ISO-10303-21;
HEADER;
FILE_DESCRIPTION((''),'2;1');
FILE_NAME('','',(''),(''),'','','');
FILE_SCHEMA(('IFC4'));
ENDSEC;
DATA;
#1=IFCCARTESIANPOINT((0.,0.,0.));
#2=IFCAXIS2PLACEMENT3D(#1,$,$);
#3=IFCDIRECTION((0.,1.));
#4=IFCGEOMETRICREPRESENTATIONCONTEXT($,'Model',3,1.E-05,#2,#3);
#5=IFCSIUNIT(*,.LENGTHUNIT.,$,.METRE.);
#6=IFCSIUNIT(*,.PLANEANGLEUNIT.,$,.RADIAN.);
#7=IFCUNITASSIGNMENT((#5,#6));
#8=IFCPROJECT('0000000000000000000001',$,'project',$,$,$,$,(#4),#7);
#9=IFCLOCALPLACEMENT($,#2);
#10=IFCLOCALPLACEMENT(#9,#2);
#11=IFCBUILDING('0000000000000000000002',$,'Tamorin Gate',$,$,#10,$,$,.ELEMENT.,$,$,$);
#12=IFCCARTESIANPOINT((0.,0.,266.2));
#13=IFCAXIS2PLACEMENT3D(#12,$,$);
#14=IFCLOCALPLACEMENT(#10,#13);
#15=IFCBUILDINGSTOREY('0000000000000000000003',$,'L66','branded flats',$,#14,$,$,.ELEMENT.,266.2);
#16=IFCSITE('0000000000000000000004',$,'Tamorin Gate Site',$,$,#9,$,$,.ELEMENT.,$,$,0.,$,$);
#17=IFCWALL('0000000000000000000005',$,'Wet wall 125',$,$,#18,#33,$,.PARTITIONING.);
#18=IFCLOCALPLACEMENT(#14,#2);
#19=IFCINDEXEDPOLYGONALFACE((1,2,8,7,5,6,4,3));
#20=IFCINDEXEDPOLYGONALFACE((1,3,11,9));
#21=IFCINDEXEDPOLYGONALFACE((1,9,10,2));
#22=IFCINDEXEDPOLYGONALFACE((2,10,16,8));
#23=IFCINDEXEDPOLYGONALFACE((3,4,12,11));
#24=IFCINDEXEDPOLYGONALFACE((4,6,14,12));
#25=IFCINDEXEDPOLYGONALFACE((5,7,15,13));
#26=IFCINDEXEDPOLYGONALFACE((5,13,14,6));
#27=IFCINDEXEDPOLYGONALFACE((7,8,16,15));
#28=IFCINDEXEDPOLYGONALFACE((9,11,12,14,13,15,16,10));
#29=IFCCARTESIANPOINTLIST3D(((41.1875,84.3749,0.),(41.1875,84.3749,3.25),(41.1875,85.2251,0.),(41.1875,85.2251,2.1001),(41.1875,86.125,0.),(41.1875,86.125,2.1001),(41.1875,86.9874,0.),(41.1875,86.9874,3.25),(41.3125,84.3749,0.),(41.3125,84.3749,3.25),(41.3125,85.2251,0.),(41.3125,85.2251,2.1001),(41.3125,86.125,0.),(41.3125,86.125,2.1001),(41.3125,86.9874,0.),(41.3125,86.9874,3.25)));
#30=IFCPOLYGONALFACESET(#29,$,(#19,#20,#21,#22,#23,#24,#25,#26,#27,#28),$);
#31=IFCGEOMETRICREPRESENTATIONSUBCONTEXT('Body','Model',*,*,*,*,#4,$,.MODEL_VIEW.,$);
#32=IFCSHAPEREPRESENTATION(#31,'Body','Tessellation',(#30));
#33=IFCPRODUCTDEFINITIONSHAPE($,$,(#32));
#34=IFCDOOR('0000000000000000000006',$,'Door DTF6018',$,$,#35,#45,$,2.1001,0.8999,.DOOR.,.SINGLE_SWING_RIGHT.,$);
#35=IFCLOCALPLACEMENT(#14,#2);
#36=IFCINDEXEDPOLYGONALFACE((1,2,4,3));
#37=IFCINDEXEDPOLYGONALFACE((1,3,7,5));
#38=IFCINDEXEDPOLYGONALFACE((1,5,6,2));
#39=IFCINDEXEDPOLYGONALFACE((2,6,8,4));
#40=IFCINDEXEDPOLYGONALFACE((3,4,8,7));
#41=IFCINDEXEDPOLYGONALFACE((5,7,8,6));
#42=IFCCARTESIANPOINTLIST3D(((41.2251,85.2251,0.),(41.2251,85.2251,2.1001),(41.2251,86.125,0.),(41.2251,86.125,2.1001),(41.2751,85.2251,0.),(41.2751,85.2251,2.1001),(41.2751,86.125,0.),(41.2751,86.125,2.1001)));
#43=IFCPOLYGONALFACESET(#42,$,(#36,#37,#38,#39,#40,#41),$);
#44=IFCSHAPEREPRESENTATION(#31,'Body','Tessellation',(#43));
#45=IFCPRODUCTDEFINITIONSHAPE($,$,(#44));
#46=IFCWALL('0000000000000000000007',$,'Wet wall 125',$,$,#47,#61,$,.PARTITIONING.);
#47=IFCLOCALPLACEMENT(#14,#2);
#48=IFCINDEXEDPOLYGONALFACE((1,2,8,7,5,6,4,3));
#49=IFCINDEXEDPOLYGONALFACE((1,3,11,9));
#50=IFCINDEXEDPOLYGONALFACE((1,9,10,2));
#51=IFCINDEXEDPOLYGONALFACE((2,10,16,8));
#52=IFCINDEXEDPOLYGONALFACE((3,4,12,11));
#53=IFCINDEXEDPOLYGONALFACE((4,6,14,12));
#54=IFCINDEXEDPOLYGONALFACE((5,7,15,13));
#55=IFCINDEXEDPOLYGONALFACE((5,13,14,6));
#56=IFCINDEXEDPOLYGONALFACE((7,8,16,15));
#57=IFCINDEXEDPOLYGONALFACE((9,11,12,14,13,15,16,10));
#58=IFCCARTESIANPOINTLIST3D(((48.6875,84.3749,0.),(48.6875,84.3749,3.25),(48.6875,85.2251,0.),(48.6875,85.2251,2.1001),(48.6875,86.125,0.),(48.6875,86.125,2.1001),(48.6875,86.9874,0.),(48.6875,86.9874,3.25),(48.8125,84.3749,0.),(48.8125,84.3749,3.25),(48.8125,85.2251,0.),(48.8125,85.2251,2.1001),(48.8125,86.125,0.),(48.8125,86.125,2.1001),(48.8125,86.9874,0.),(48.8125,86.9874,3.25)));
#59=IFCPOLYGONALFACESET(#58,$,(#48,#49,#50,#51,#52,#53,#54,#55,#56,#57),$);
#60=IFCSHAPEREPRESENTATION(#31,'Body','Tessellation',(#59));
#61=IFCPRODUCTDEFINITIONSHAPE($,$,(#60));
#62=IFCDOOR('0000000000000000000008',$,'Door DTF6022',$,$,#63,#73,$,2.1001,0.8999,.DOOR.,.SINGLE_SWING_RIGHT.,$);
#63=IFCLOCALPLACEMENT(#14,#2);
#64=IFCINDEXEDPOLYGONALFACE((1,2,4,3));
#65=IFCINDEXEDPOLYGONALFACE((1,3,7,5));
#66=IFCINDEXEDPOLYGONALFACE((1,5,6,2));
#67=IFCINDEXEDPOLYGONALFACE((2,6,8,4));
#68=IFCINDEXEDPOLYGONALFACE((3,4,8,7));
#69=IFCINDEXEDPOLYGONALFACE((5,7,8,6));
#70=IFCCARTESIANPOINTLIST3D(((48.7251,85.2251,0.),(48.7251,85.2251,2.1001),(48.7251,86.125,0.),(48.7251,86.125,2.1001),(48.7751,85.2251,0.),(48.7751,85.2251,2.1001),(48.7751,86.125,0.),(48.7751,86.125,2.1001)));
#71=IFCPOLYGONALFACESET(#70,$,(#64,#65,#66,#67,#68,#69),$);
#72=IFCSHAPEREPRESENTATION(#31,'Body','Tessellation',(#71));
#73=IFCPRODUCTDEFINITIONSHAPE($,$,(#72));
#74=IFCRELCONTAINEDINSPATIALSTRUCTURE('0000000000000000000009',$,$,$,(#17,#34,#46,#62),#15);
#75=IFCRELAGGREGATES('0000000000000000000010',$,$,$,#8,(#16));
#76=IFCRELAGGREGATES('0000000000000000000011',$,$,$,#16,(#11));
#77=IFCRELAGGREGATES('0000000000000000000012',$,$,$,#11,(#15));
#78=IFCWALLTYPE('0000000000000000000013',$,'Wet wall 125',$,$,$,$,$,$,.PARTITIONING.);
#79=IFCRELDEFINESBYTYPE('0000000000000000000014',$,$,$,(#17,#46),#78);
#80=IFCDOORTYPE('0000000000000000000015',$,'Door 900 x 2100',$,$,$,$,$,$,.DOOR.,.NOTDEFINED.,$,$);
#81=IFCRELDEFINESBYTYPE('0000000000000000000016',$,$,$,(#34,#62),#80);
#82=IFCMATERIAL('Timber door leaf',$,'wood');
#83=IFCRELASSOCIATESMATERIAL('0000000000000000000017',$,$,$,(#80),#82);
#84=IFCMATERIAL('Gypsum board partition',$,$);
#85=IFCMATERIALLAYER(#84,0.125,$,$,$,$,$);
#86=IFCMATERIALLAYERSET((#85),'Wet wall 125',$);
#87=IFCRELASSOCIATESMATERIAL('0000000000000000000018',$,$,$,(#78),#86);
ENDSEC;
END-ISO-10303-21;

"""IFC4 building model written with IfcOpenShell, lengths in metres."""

from ifc_helpers import new_model, si_unit, direction, frame, frame_2d, origin, place, context, subcontext, project, spatial, rectangle, extrude, material, layer, layer_set, type_object, element, fill, save


model = new_model("IFC4")

# Units and contexts
model_context = context("Model", 3, precision=1e-05, world=origin(), true_north=direction((0.0, 1.0)))
body_context = subcontext(model_context, "Body", "Model", "MODEL_VIEW")
ifc_project = project(units=[si_unit("LENGTHUNIT", "METRE"), si_unit("PLANEANGLEUNIT", "RADIAN")], contexts=[model_context])

# Site, building, storey
site_placement = place(None, origin())
site = spatial("IfcSite", under=ifc_project, at=site_placement, Name="Tamorin Gate Site", CompositionType="ELEMENT", RefElevation=0.0)
building_placement = place(site_placement, origin())
building = spatial("IfcBuilding", under=site, at=building_placement, Name="Tamorin Gate", CompositionType="ELEMENT")
storey_placement = place(building_placement, frame((0.0, 0.0, 266.2)))
storey = spatial("IfcBuildingStorey", under=building, at=storey_placement, Name="L66", Description="branded flats", CompositionType="ELEMENT", Elevation=266.2)

# Shared definitions
ifc_material_1 = material(Name="Gypsum board partition")

# Shared definitions
ifc_material_2 = material(Name="Timber door leaf", Category="wood")
door_type = type_object("IfcDoorType", Name="Door 900 x 2100", OperationType="NOTDEFINED", PredefinedType="DOOR", material=ifc_material_2)

# Shared definitions
ifc_layer_1 = layer(ifc_material_1, 0.125)
ifc_layer_set_1 = layer_set([ifc_layer_1], Name="Wet wall 125")
wall_type_1 = type_object("IfcWallType", Name="Wet wall 125", PredefinedType="PARTITIONING", material=ifc_layer_set_1)

# Walls, openings, doors
wall_1_placement = place(storey_placement, frame((41.25, 84.375, 0.0), z_axis=(0.0, 0.0, 1.0), x_axis=(0.0, 1.0, 0.0)))
wall_1 = element("IfcWall", 1, at=wall_1_placement, inside=storey, type_object=wall_type_1, Name="Wet wall 125", PredefinedType="PARTITIONING", context=body_context, shape_type="SweptSolid", body=[
    extrude(rectangle(XDim=2.6125, YDim=0.125, at=frame_2d((1.3062, 0.0))), origin(), (0.0, 0.0, 1.0), 3.25),
])
opening_1_placement = place(wall_1_placement, frame((0.8501, 0.0, 0.0)))
opening_1 = element("IfcOpeningElement", 2, at=opening_1_placement, cuts=wall_1, PredefinedType="OPENING", context=body_context, shape_type="SweptSolid", body=[
    extrude(rectangle(XDim=0.8999, YDim=2.1001, at=frame_2d((0.45, 1.05))), frame((0.0, 0.0725, 0.0), z_axis=(0.0, -1.0, 0.0), x_axis=(1.0, 0.0, 0.0)), (0.0, 0.0, 1.0), 0.145),
])
door_1_placement = place(opening_1_placement, origin())
door_1 = element("IfcDoor", 3, at=door_1_placement, inside=storey, type_object=door_type, Name="Door DTF6018", OperationType="SINGLE_SWING_RIGHT", OverallHeight=2.1001, OverallWidth=0.8999, PredefinedType="DOOR", context=body_context, shape_type="SweptSolid", body=[
    extrude(rectangle(XDim=0.8999, YDim=2.1001, at=frame_2d((0.45, 1.05))), frame((0.0, 0.0249, 0.0), z_axis=(0.0, -1.0, 0.0), x_axis=(1.0, 0.0, 0.0)), (0.0, 0.0, 1.0), 0.05),
])
fill(opening_1, door_1)
wall_2_placement = place(storey_placement, frame((48.75, 84.375, 0.0), z_axis=(0.0, 0.0, 1.0), x_axis=(0.0, 1.0, 0.0)))
wall_2 = element("IfcWall", 4, at=wall_2_placement, inside=storey, type_object=wall_type_1, Name="Wet wall 125", PredefinedType="PARTITIONING", context=body_context, shape_type="SweptSolid", body=[
    extrude(rectangle(XDim=2.6125, YDim=0.125, at=frame_2d((1.3062, 0.0))), origin(), (0.0, 0.0, 1.0), 3.25),
])
opening_2_placement = place(wall_2_placement, frame((0.8501, 0.0, 0.0)))
opening_2 = element("IfcOpeningElement", 5, at=opening_2_placement, cuts=wall_2, PredefinedType="OPENING", context=body_context, shape_type="SweptSolid", body=[
    extrude(rectangle(XDim=0.8999, YDim=2.1001, at=frame_2d((0.45, 1.05))), frame((0.0, 0.0725, 0.0), z_axis=(0.0, -1.0, 0.0), x_axis=(1.0, 0.0, 0.0)), (0.0, 0.0, 1.0), 0.145),
])
door_2_placement = place(opening_2_placement, origin())
door_2 = element("IfcDoor", 6, at=door_2_placement, inside=storey, type_object=door_type, Name="Door DTF6022", OperationType="SINGLE_SWING_RIGHT", OverallHeight=2.1001, OverallWidth=0.8999, PredefinedType="DOOR", context=body_context, shape_type="SweptSolid", body=[
    extrude(rectangle(XDim=0.8999, YDim=2.1001, at=frame_2d((0.45, 1.05))), frame((0.0, 0.0249, 0.0), z_axis=(0.0, -1.0, 0.0), x_axis=(1.0, 0.0, 0.0)), (0.0, 0.0, 1.0), 0.05),
])
fill(opening_2, door_2)

save(model, "model.ifc")
